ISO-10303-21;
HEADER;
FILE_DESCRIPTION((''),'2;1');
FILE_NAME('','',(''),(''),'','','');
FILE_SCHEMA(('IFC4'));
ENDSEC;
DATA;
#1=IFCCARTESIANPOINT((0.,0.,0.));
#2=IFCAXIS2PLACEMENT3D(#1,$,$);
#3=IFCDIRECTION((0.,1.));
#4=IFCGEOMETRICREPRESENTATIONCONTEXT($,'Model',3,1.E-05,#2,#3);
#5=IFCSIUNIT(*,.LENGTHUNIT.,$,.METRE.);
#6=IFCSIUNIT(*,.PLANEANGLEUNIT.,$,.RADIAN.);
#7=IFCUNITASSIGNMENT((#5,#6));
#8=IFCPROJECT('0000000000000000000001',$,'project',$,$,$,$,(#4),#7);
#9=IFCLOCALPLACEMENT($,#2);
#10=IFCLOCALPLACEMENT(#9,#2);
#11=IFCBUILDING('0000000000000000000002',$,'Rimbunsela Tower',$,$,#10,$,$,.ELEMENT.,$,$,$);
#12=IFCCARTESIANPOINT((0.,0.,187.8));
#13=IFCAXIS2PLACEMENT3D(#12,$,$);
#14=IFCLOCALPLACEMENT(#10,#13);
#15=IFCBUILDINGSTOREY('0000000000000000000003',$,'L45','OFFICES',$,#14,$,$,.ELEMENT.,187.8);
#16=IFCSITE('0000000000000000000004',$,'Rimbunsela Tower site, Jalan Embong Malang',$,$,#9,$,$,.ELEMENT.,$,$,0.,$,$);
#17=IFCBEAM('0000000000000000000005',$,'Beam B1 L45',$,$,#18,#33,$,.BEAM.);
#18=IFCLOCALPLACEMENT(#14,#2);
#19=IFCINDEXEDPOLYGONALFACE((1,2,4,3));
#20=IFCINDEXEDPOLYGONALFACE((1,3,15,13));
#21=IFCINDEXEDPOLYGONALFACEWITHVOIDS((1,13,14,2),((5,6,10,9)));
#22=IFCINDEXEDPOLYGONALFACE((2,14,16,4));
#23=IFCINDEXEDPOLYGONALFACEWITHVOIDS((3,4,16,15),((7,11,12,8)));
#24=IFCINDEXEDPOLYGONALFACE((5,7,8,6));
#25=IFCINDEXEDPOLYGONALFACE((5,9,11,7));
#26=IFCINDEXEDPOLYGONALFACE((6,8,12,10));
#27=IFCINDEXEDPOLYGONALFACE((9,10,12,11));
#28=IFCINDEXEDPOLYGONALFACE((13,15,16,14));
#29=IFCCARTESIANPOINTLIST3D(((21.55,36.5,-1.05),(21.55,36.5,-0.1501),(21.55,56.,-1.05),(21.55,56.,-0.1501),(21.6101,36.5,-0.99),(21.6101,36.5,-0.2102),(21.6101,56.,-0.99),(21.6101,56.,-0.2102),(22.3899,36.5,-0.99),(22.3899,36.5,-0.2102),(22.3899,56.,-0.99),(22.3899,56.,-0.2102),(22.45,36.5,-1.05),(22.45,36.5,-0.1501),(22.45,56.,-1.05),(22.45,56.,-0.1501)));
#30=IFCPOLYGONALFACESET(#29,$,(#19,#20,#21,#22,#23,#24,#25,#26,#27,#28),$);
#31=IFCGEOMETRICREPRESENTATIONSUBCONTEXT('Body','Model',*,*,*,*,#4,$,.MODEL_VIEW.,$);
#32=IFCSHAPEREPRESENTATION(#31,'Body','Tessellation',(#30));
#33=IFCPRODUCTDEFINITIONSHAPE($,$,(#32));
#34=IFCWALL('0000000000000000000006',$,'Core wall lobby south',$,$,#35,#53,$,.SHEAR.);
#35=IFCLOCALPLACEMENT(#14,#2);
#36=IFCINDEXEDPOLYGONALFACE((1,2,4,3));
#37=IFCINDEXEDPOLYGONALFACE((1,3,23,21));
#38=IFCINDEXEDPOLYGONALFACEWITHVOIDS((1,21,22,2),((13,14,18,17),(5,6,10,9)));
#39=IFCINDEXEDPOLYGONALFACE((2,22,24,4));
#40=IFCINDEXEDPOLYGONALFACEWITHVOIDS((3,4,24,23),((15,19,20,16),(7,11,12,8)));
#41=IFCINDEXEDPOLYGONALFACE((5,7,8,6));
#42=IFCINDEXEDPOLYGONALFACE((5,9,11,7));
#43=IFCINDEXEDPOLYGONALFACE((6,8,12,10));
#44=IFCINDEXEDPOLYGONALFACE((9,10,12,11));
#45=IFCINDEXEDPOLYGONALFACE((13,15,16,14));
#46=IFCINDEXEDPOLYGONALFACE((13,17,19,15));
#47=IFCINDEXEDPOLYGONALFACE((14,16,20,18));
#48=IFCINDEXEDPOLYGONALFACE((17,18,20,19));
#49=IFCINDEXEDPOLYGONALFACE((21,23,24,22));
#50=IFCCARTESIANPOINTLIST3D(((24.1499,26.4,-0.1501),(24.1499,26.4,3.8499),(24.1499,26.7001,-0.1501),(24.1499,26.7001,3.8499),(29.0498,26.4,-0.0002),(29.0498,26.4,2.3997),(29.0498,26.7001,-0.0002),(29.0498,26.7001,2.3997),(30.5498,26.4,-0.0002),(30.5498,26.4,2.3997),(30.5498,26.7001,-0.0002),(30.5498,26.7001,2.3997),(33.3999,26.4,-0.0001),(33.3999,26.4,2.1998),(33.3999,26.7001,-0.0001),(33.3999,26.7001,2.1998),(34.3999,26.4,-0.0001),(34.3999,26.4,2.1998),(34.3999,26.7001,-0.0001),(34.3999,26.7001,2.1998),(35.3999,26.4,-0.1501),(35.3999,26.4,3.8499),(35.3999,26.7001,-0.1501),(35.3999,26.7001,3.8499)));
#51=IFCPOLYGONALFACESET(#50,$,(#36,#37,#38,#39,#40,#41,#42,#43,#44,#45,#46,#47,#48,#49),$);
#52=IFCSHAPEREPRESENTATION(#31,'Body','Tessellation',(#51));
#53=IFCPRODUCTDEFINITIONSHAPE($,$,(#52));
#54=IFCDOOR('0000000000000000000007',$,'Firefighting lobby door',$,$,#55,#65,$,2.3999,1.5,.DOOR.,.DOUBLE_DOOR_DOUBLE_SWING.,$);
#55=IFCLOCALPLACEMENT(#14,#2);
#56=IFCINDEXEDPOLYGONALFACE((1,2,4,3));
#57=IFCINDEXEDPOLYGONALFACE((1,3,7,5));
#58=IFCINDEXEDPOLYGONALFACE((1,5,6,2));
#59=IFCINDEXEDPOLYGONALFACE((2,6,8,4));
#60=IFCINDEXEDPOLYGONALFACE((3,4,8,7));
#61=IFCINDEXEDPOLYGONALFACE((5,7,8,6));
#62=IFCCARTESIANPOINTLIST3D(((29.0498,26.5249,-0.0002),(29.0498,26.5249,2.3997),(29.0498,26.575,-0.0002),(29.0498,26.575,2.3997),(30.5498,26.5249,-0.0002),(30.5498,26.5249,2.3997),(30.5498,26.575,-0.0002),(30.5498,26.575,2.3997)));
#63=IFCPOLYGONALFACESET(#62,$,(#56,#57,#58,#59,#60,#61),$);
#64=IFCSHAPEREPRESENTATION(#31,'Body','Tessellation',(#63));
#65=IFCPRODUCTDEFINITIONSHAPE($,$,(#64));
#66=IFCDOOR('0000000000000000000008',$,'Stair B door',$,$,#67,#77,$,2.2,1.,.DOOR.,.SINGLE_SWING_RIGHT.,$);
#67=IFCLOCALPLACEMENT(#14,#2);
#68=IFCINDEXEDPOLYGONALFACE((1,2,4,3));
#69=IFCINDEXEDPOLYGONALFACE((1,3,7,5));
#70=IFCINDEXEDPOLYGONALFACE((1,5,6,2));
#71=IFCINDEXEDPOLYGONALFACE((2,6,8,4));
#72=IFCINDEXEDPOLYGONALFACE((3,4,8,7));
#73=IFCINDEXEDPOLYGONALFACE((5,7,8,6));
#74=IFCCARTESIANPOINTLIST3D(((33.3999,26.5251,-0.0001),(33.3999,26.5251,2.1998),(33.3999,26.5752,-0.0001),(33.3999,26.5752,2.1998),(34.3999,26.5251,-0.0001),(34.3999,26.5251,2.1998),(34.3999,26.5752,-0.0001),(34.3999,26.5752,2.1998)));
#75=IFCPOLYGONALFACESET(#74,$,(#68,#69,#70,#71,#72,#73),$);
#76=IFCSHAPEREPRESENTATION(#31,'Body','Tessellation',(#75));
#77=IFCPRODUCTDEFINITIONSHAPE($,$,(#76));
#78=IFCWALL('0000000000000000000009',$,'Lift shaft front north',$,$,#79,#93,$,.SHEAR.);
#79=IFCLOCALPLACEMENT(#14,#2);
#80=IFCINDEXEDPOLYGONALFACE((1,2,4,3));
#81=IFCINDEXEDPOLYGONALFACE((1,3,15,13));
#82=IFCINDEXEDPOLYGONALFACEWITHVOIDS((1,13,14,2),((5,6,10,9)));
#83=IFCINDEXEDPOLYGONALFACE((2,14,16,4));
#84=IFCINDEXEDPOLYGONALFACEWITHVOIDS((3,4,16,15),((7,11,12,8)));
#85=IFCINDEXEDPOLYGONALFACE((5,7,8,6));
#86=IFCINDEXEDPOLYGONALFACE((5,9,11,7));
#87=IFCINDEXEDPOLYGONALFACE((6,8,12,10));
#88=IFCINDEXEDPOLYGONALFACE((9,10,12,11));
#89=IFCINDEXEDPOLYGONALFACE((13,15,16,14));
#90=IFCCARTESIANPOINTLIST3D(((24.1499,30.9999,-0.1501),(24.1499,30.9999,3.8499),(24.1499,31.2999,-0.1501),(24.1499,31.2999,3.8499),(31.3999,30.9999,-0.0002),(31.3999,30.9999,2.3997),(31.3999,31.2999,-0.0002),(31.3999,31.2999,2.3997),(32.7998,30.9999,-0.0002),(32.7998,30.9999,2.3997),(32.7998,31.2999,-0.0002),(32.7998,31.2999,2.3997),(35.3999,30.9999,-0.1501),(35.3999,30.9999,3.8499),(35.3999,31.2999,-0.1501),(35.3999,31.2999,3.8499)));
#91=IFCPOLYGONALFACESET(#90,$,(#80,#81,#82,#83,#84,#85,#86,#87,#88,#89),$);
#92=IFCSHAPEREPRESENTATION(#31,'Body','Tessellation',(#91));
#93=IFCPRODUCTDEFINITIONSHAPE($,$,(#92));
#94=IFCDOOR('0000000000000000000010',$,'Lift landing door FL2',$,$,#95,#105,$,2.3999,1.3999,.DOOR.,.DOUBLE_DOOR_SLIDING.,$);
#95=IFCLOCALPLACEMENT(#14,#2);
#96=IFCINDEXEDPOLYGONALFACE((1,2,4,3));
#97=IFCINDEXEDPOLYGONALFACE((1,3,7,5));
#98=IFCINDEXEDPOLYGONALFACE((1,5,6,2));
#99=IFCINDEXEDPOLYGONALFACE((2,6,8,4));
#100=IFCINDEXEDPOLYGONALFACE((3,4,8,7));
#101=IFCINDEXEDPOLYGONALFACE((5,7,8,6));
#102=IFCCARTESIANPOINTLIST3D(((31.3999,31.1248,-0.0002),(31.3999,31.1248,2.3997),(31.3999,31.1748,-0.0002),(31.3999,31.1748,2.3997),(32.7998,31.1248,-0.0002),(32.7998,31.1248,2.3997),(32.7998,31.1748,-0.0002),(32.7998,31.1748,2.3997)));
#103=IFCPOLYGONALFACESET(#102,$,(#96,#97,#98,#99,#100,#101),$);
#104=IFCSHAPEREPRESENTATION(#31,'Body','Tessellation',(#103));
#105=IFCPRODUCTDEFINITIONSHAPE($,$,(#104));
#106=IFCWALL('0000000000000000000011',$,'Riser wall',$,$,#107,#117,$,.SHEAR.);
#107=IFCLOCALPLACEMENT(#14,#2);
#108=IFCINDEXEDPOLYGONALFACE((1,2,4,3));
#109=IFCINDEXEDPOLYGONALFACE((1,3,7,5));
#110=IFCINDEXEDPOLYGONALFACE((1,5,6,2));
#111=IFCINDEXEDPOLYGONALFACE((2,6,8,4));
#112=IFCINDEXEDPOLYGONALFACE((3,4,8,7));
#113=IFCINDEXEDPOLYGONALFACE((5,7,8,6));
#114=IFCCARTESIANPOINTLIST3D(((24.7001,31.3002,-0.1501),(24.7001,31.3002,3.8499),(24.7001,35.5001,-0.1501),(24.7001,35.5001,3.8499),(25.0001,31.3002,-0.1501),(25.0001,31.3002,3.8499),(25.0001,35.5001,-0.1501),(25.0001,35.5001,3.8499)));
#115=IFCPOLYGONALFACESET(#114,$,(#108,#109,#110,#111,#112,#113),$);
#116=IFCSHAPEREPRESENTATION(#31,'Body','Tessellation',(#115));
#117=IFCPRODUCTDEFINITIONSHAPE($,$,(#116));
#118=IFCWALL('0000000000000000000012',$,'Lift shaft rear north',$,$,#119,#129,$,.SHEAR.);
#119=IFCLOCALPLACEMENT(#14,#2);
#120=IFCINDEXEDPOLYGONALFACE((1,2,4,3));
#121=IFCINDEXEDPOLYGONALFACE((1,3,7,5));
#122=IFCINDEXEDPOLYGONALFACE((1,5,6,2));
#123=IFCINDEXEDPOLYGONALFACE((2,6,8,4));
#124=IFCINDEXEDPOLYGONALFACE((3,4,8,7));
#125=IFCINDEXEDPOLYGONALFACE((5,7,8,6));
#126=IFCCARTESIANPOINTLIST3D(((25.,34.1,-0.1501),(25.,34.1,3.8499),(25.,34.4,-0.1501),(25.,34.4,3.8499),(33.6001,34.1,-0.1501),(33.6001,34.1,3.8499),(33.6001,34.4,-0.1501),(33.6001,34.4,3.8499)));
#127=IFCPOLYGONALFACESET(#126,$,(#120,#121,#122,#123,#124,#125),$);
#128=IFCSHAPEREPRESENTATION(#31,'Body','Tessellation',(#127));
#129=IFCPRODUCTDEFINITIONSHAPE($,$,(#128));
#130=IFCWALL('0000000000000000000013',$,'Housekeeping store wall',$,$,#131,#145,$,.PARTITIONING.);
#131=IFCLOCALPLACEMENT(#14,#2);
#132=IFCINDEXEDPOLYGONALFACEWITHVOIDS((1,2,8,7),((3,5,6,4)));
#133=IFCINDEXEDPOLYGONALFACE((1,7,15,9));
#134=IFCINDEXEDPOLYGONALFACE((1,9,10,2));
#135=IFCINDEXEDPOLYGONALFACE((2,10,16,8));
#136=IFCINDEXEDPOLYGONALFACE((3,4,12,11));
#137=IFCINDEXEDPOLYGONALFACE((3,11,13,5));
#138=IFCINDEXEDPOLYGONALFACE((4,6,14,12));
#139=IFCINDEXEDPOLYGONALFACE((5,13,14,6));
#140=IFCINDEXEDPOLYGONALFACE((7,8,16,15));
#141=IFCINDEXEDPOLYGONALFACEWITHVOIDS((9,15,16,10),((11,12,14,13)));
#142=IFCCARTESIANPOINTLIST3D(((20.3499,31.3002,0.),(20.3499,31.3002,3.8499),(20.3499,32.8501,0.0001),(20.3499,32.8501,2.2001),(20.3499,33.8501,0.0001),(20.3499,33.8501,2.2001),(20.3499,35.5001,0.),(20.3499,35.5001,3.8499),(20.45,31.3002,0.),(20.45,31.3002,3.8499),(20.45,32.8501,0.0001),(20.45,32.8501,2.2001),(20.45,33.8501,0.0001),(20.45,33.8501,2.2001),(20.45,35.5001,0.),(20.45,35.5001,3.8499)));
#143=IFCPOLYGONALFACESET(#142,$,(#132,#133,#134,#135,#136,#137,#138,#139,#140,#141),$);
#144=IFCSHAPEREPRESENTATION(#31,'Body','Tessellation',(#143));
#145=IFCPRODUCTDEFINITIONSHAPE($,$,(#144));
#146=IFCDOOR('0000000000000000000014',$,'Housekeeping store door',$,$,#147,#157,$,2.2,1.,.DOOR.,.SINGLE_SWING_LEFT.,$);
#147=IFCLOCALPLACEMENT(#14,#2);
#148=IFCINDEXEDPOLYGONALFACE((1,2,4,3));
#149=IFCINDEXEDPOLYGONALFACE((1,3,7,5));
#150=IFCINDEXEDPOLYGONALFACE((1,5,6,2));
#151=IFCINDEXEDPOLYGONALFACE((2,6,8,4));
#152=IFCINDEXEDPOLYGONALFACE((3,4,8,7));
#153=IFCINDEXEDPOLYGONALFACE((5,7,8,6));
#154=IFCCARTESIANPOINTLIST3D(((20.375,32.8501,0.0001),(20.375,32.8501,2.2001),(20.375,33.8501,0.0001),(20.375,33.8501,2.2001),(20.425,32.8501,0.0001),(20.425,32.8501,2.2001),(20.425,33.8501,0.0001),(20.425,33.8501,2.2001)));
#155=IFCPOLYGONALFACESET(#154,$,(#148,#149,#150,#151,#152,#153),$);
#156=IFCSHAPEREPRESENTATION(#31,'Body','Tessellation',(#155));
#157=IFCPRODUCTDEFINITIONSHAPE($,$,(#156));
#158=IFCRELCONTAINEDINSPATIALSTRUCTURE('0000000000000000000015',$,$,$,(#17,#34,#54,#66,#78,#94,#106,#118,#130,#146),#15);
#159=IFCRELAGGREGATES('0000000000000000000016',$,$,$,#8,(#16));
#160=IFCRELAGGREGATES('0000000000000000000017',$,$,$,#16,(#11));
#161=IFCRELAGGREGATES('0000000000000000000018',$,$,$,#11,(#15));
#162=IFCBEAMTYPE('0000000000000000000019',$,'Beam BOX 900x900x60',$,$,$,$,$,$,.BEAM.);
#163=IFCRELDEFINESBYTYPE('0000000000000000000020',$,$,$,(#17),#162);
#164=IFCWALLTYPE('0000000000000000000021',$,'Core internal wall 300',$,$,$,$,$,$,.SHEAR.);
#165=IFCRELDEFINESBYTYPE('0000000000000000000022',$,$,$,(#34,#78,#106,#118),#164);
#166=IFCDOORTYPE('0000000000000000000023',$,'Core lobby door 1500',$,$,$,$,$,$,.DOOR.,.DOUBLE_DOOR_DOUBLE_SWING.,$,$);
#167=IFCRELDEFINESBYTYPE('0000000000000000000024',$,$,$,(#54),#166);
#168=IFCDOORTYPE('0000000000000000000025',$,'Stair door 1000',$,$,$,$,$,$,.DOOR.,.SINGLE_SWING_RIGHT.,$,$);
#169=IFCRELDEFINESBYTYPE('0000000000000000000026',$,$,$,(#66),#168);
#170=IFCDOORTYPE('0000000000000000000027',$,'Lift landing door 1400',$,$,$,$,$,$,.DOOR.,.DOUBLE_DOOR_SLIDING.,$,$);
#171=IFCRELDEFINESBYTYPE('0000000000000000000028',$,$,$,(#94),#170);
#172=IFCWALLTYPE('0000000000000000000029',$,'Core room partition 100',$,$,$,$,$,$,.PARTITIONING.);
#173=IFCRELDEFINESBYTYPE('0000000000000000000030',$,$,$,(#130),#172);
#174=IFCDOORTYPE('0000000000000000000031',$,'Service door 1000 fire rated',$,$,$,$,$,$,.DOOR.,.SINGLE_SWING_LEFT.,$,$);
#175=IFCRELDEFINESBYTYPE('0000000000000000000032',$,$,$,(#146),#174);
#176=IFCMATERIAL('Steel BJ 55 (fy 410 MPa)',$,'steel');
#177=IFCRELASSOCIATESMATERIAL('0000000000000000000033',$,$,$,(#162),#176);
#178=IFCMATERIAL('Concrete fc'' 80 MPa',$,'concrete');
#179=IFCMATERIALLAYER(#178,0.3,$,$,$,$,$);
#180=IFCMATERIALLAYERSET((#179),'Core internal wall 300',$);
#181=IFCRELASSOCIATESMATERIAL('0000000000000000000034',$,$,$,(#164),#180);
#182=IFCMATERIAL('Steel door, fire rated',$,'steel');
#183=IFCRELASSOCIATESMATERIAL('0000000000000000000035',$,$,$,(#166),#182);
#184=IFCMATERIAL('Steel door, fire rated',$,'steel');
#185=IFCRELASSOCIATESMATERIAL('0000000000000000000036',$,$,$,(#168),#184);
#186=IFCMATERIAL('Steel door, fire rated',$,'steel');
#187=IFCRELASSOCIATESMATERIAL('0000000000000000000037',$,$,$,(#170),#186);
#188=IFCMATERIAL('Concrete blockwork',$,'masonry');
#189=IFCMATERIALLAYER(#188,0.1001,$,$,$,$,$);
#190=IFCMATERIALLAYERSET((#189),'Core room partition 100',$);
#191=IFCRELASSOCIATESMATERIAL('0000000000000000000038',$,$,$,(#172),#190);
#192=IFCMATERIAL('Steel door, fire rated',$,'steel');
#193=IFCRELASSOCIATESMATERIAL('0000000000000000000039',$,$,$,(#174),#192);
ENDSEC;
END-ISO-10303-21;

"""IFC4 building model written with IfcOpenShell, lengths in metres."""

from ifc_helpers import new_model, si_unit, direction, frame, frame_2d, origin, origin_2d, place, context, subcontext, project, spatial, rectangle, hollow_rectangle, extrude, material, layer, layer_set, material_profile, profile_set, type_object, element, fill, save


model = new_model("IFC4")

# Units and contexts
model_context = context("Model", 3, precision=1e-05, world=origin(), true_north=direction((0.0, 1.0)))
body_context = subcontext(model_context, "Body", "Model", "MODEL_VIEW")
ifc_project = project(units=[si_unit("LENGTHUNIT", "METRE"), si_unit("PLANEANGLEUNIT", "RADIAN")], contexts=[model_context])

# Site, building, storey
site_placement = place(None, origin())
site = spatial("IfcSite", under=ifc_project, at=site_placement, Name="Rimbunsela Tower site, Jalan Embong Malang", CompositionType="ELEMENT", RefElevation=0.0)
building_placement = place(site_placement, origin())
building = spatial("IfcBuilding", under=site, at=building_placement, Name="Rimbunsela Tower", CompositionType="ELEMENT")
storey_placement = place(building_placement, frame((0.0, 0.0, 187.8)))
storey = spatial("IfcBuildingStorey", under=building, at=storey_placement, Name="L45", Description="OFFICES", CompositionType="ELEMENT", Elevation=187.8)

# Beam
ifc_material_1 = material(Name="Steel BJ 55 (fy 410 MPa)", Category="steel")
ifc_material_profile = material_profile(ifc_material_1, hollow_rectangle(XDim=0.8999, YDim=0.8999, WallThickness=0.0601, at=origin_2d()), Name="BOX 900x900x60")
ifc_profile_set = profile_set([ifc_material_profile], Name="Steel BJ 55 (fy 410 MPa)")
beam_type = type_object("IfcBeamType", Name="Beam BOX 900x900x60", PredefinedType="BEAM", material=ifc_profile_set)
beam_placement = place(storey_placement, frame((22.0, 36.5, -0.6001), z_axis=(0.0, 1.0, 0.0), x_axis=(-1.0, 0.0, 0.0)))
element("IfcBeam", 1, at=beam_placement, inside=storey, type_object=beam_type, Name="Beam B1 L45", PredefinedType="BEAM", context=body_context, shape_type="SweptSolid", body=[
    extrude(hollow_rectangle(XDim=0.8999, YDim=0.8999, WallThickness=0.0601, at=origin_2d()), origin(), (0.0, 0.0, 1.0), 19.5),
])

# Wall, openings, doors
ifc_material_2 = material(Name="Concrete fc' 80 MPa", Category="concrete")
ifc_layer_1 = layer(ifc_material_2, 0.3)
ifc_layer_set_1 = layer_set([ifc_layer_1], Name="Core internal wall 300")
wall_type_1 = type_object("IfcWallType", Name="Core internal wall 300", PredefinedType="SHEAR", material=ifc_layer_set_1)
wall_1_placement = place(storey_placement, frame((24.1499, 26.55, -0.1501), z_axis=(0.0, 0.0, 1.0), x_axis=(1.0, 0.0, 0.0)))
wall_1 = element("IfcWall", 2, at=wall_1_placement, inside=storey, type_object=wall_type_1, Name="Core wall lobby south", PredefinedType="SHEAR", context=body_context, shape_type="SweptSolid", body=[
    extrude(rectangle(XDim=11.25, YDim=0.3, at=frame_2d((5.625, 0.0))), origin(), (0.0, 0.0, 1.0), 4.0),
])
opening_1_placement = place(wall_1_placement, frame((9.25, 0.0, 0.1499)))
opening_1 = element("IfcOpeningElement", 3, at=opening_1_placement, cuts=wall_1, PredefinedType="OPENING", context=body_context, shape_type="SweptSolid", body=[
    extrude(rectangle(XDim=1.0, YDim=2.2, at=frame_2d((0.5, 1.1001))), frame((0.0, 0.1599, 0.0), z_axis=(0.0, -1.0, 0.0), x_axis=(1.0, 0.0, 0.0)), (0.0, 0.0, 1.0), 0.3201),
])
opening_2_placement = place(wall_1_placement, frame((4.8999, 0.0, 0.1499)))
opening_2 = element("IfcOpeningElement", 4, at=opening_2_placement, cuts=wall_1, PredefinedType="OPENING", context=body_context, shape_type="SweptSolid", body=[
    extrude(rectangle(XDim=1.5, YDim=2.3999, at=frame_2d((0.75, 1.2))), frame((0.0, 0.1599, 0.0), z_axis=(0.0, -1.0, 0.0), x_axis=(1.0, 0.0, 0.0)), (0.0, 0.0, 1.0), 0.3201),
])
ifc_material_3 = material(Name="Steel door, fire rated", Category="steel")
door_type_1 = type_object("IfcDoorType", Name="Core lobby door 1500", OperationType="DOUBLE_DOOR_DOUBLE_SWING", PredefinedType="DOOR", material=ifc_material_3)
door_1_placement = place(opening_2_placement, origin())
door_1 = element("IfcDoor", 5, at=door_1_placement, inside=storey, type_object=door_type_1, Name="Firefighting lobby door", OperationType="DOUBLE_DOOR_DOUBLE_SWING", OverallHeight=2.3999, OverallWidth=1.5, PredefinedType="DOOR", context=body_context, shape_type="SweptSolid", body=[
    extrude(rectangle(XDim=1.5, YDim=2.3999, at=frame_2d((0.75, 1.2))), frame((0.0, 0.0249, 0.0), z_axis=(0.0, -1.0, 0.0), x_axis=(1.0, 0.0, 0.0)), (0.0, 0.0, 1.0), 0.05),
])
fill(opening_2, door_1)
ifc_material_4 = material(Name="Steel door, fire rated", Category="steel")
door_type_2 = type_object("IfcDoorType", Name="Stair door 1000", OperationType="SINGLE_SWING_RIGHT", PredefinedType="DOOR", material=ifc_material_4)
door_2_placement = place(opening_1_placement, frame((1.0, 0.0, 0.0), z_axis=(0.0, 0.0, 1.0), x_axis=(-1.0, 0.0, 0.0)))
door_2 = element("IfcDoor", 6, at=door_2_placement, inside=storey, type_object=door_type_2, Name="Stair B door", OperationType="SINGLE_SWING_RIGHT", OverallHeight=2.2, OverallWidth=1.0, PredefinedType="DOOR", context=body_context, shape_type="SweptSolid", body=[
    extrude(rectangle(XDim=1.0, YDim=2.2, at=frame_2d((0.5, 1.1001))), frame((0.0, 0.0249, 0.0), z_axis=(0.0, -1.0, 0.0), x_axis=(1.0, 0.0, 0.0)), (0.0, 0.0, 1.0), 0.05),
])
fill(opening_1, door_2)

# Wall, opening, door
wall_2_placement = place(storey_placement, frame((24.1499, 31.1499, -0.1501), z_axis=(0.0, 0.0, 1.0), x_axis=(1.0, 0.0, 0.0)))
wall_2 = element("IfcWall", 7, at=wall_2_placement, inside=storey, type_object=wall_type_1, Name="Lift shaft front north", PredefinedType="SHEAR", context=body_context, shape_type="SweptSolid", body=[
    extrude(rectangle(XDim=11.25, YDim=0.3, at=frame_2d((5.625, 0.0))), origin(), (0.0, 0.0, 1.0), 4.0),
])
opening_3_placement = place(wall_2_placement, frame((7.25, 0.0, 0.1499)))
opening_3 = element("IfcOpeningElement", 8, at=opening_3_placement, cuts=wall_2, PredefinedType="OPENING", context=body_context, shape_type="SweptSolid", body=[
    extrude(rectangle(XDim=1.3999, YDim=2.3999, at=frame_2d((0.7, 1.2))), frame((0.0, 0.1599, 0.0), z_axis=(0.0, -1.0, 0.0), x_axis=(1.0, 0.0, 0.0)), (0.0, 0.0, 1.0), 0.3201),
])
ifc_material_5 = material(Name="Steel door, fire rated", Category="steel")
door_type_3 = type_object("IfcDoorType", Name="Lift landing door 1400", OperationType="DOUBLE_DOOR_SLIDING", PredefinedType="DOOR", material=ifc_material_5)
door_3_placement = place(opening_3_placement, origin())
door_3 = element("IfcDoor", 9, at=door_3_placement, inside=storey, type_object=door_type_3, Name="Lift landing door FL2", OperationType="DOUBLE_DOOR_SLIDING", OverallHeight=2.3999, OverallWidth=1.3999, PredefinedType="DOOR", context=body_context, shape_type="SweptSolid", body=[
    extrude(rectangle(XDim=1.3999, YDim=2.3999, at=frame_2d((0.7, 1.2))), frame((0.0, 0.0249, 0.0), z_axis=(0.0, -1.0, 0.0), x_axis=(1.0, 0.0, 0.0)), (0.0, 0.0, 1.0), 0.05),
])
fill(opening_3, door_3)

# Walls
wall_3_placement = place(storey_placement, frame((24.8501, 31.3, -0.1501), z_axis=(0.0, 0.0, 1.0), x_axis=(0.0, 1.0, 0.0)))
element("IfcWall", 10, at=wall_3_placement, inside=storey, type_object=wall_type_1, Name="Riser wall", PredefinedType="SHEAR", context=body_context, shape_type="SweptSolid", body=[
    extrude(rectangle(XDim=4.2, YDim=0.3, at=frame_2d((2.1001, 0.0))), origin(), (0.0, 0.0, 1.0), 4.0),
])
wall_4_placement = place(storey_placement, frame((25.0, 34.25, -0.1501), z_axis=(0.0, 0.0, 1.0), x_axis=(1.0, 0.0, 0.0)))
element("IfcWall", 11, at=wall_4_placement, inside=storey, type_object=wall_type_1, Name="Lift shaft rear north", PredefinedType="SHEAR", context=body_context, shape_type="SweptSolid", body=[
    extrude(rectangle(XDim=8.6001, YDim=0.3, at=frame_2d((4.3, 0.0))), origin(), (0.0, 0.0, 1.0), 4.0),
])

# Wall, opening, door
ifc_material_6 = material(Name="Concrete blockwork", Category="masonry")
ifc_layer_2 = layer(ifc_material_6, 0.1001)
ifc_layer_set_2 = layer_set([ifc_layer_2], Name="Core room partition 100")
wall_type_2 = type_object("IfcWallType", Name="Core room partition 100", PredefinedType="PARTITIONING", material=ifc_layer_set_2)
wall_5_placement = place(storey_placement, frame((20.3999, 31.3, 0.0), z_axis=(0.0, 0.0, 1.0), x_axis=(0.0, 1.0, 0.0)))
wall_5 = element("IfcWall", 12, at=wall_5_placement, inside=storey, type_object=wall_type_2, Name="Housekeeping store wall", PredefinedType="PARTITIONING", context=body_context, shape_type="SweptSolid", body=[
    extrude(rectangle(XDim=4.2, YDim=0.1001, at=frame_2d((2.1001, 0.0))), origin(), (0.0, 0.0, 1.0), 3.8499),
])
opening_4_placement = place(wall_5_placement, frame((1.55, 0.0, 0.0)))
opening_4 = element("IfcOpeningElement", 13, at=opening_4_placement, cuts=wall_5, PredefinedType="OPENING", context=body_context, shape_type="SweptSolid", body=[
    extrude(rectangle(XDim=1.0, YDim=2.2, at=frame_2d((0.5, 1.1001))), frame((0.0, 0.0601, 0.0), z_axis=(0.0, -1.0, 0.0), x_axis=(1.0, 0.0, 0.0)), (0.0, 0.0, 1.0), 0.1201),
])
ifc_material_7 = material(Name="Steel door, fire rated", Category="steel")
door_type_4 = type_object("IfcDoorType", Name="Service door 1000 fire rated", OperationType="SINGLE_SWING_LEFT", PredefinedType="DOOR", material=ifc_material_7)
door_4_placement = place(opening_4_placement, origin())
door_4 = element("IfcDoor", 14, at=door_4_placement, inside=storey, type_object=door_type_4, Name="Housekeeping store door", OperationType="SINGLE_SWING_LEFT", OverallHeight=2.2, OverallWidth=1.0, PredefinedType="DOOR", context=body_context, shape_type="SweptSolid", body=[
    extrude(rectangle(XDim=1.0, YDim=2.2, at=frame_2d((0.5, 1.1001))), frame((0.0, 0.0249, 0.0), z_axis=(0.0, -1.0, 0.0), x_axis=(1.0, 0.0, 0.0)), (0.0, 0.0, 1.0), 0.05),
])
fill(opening_4, door_4)

save(model, "model.ifc")
